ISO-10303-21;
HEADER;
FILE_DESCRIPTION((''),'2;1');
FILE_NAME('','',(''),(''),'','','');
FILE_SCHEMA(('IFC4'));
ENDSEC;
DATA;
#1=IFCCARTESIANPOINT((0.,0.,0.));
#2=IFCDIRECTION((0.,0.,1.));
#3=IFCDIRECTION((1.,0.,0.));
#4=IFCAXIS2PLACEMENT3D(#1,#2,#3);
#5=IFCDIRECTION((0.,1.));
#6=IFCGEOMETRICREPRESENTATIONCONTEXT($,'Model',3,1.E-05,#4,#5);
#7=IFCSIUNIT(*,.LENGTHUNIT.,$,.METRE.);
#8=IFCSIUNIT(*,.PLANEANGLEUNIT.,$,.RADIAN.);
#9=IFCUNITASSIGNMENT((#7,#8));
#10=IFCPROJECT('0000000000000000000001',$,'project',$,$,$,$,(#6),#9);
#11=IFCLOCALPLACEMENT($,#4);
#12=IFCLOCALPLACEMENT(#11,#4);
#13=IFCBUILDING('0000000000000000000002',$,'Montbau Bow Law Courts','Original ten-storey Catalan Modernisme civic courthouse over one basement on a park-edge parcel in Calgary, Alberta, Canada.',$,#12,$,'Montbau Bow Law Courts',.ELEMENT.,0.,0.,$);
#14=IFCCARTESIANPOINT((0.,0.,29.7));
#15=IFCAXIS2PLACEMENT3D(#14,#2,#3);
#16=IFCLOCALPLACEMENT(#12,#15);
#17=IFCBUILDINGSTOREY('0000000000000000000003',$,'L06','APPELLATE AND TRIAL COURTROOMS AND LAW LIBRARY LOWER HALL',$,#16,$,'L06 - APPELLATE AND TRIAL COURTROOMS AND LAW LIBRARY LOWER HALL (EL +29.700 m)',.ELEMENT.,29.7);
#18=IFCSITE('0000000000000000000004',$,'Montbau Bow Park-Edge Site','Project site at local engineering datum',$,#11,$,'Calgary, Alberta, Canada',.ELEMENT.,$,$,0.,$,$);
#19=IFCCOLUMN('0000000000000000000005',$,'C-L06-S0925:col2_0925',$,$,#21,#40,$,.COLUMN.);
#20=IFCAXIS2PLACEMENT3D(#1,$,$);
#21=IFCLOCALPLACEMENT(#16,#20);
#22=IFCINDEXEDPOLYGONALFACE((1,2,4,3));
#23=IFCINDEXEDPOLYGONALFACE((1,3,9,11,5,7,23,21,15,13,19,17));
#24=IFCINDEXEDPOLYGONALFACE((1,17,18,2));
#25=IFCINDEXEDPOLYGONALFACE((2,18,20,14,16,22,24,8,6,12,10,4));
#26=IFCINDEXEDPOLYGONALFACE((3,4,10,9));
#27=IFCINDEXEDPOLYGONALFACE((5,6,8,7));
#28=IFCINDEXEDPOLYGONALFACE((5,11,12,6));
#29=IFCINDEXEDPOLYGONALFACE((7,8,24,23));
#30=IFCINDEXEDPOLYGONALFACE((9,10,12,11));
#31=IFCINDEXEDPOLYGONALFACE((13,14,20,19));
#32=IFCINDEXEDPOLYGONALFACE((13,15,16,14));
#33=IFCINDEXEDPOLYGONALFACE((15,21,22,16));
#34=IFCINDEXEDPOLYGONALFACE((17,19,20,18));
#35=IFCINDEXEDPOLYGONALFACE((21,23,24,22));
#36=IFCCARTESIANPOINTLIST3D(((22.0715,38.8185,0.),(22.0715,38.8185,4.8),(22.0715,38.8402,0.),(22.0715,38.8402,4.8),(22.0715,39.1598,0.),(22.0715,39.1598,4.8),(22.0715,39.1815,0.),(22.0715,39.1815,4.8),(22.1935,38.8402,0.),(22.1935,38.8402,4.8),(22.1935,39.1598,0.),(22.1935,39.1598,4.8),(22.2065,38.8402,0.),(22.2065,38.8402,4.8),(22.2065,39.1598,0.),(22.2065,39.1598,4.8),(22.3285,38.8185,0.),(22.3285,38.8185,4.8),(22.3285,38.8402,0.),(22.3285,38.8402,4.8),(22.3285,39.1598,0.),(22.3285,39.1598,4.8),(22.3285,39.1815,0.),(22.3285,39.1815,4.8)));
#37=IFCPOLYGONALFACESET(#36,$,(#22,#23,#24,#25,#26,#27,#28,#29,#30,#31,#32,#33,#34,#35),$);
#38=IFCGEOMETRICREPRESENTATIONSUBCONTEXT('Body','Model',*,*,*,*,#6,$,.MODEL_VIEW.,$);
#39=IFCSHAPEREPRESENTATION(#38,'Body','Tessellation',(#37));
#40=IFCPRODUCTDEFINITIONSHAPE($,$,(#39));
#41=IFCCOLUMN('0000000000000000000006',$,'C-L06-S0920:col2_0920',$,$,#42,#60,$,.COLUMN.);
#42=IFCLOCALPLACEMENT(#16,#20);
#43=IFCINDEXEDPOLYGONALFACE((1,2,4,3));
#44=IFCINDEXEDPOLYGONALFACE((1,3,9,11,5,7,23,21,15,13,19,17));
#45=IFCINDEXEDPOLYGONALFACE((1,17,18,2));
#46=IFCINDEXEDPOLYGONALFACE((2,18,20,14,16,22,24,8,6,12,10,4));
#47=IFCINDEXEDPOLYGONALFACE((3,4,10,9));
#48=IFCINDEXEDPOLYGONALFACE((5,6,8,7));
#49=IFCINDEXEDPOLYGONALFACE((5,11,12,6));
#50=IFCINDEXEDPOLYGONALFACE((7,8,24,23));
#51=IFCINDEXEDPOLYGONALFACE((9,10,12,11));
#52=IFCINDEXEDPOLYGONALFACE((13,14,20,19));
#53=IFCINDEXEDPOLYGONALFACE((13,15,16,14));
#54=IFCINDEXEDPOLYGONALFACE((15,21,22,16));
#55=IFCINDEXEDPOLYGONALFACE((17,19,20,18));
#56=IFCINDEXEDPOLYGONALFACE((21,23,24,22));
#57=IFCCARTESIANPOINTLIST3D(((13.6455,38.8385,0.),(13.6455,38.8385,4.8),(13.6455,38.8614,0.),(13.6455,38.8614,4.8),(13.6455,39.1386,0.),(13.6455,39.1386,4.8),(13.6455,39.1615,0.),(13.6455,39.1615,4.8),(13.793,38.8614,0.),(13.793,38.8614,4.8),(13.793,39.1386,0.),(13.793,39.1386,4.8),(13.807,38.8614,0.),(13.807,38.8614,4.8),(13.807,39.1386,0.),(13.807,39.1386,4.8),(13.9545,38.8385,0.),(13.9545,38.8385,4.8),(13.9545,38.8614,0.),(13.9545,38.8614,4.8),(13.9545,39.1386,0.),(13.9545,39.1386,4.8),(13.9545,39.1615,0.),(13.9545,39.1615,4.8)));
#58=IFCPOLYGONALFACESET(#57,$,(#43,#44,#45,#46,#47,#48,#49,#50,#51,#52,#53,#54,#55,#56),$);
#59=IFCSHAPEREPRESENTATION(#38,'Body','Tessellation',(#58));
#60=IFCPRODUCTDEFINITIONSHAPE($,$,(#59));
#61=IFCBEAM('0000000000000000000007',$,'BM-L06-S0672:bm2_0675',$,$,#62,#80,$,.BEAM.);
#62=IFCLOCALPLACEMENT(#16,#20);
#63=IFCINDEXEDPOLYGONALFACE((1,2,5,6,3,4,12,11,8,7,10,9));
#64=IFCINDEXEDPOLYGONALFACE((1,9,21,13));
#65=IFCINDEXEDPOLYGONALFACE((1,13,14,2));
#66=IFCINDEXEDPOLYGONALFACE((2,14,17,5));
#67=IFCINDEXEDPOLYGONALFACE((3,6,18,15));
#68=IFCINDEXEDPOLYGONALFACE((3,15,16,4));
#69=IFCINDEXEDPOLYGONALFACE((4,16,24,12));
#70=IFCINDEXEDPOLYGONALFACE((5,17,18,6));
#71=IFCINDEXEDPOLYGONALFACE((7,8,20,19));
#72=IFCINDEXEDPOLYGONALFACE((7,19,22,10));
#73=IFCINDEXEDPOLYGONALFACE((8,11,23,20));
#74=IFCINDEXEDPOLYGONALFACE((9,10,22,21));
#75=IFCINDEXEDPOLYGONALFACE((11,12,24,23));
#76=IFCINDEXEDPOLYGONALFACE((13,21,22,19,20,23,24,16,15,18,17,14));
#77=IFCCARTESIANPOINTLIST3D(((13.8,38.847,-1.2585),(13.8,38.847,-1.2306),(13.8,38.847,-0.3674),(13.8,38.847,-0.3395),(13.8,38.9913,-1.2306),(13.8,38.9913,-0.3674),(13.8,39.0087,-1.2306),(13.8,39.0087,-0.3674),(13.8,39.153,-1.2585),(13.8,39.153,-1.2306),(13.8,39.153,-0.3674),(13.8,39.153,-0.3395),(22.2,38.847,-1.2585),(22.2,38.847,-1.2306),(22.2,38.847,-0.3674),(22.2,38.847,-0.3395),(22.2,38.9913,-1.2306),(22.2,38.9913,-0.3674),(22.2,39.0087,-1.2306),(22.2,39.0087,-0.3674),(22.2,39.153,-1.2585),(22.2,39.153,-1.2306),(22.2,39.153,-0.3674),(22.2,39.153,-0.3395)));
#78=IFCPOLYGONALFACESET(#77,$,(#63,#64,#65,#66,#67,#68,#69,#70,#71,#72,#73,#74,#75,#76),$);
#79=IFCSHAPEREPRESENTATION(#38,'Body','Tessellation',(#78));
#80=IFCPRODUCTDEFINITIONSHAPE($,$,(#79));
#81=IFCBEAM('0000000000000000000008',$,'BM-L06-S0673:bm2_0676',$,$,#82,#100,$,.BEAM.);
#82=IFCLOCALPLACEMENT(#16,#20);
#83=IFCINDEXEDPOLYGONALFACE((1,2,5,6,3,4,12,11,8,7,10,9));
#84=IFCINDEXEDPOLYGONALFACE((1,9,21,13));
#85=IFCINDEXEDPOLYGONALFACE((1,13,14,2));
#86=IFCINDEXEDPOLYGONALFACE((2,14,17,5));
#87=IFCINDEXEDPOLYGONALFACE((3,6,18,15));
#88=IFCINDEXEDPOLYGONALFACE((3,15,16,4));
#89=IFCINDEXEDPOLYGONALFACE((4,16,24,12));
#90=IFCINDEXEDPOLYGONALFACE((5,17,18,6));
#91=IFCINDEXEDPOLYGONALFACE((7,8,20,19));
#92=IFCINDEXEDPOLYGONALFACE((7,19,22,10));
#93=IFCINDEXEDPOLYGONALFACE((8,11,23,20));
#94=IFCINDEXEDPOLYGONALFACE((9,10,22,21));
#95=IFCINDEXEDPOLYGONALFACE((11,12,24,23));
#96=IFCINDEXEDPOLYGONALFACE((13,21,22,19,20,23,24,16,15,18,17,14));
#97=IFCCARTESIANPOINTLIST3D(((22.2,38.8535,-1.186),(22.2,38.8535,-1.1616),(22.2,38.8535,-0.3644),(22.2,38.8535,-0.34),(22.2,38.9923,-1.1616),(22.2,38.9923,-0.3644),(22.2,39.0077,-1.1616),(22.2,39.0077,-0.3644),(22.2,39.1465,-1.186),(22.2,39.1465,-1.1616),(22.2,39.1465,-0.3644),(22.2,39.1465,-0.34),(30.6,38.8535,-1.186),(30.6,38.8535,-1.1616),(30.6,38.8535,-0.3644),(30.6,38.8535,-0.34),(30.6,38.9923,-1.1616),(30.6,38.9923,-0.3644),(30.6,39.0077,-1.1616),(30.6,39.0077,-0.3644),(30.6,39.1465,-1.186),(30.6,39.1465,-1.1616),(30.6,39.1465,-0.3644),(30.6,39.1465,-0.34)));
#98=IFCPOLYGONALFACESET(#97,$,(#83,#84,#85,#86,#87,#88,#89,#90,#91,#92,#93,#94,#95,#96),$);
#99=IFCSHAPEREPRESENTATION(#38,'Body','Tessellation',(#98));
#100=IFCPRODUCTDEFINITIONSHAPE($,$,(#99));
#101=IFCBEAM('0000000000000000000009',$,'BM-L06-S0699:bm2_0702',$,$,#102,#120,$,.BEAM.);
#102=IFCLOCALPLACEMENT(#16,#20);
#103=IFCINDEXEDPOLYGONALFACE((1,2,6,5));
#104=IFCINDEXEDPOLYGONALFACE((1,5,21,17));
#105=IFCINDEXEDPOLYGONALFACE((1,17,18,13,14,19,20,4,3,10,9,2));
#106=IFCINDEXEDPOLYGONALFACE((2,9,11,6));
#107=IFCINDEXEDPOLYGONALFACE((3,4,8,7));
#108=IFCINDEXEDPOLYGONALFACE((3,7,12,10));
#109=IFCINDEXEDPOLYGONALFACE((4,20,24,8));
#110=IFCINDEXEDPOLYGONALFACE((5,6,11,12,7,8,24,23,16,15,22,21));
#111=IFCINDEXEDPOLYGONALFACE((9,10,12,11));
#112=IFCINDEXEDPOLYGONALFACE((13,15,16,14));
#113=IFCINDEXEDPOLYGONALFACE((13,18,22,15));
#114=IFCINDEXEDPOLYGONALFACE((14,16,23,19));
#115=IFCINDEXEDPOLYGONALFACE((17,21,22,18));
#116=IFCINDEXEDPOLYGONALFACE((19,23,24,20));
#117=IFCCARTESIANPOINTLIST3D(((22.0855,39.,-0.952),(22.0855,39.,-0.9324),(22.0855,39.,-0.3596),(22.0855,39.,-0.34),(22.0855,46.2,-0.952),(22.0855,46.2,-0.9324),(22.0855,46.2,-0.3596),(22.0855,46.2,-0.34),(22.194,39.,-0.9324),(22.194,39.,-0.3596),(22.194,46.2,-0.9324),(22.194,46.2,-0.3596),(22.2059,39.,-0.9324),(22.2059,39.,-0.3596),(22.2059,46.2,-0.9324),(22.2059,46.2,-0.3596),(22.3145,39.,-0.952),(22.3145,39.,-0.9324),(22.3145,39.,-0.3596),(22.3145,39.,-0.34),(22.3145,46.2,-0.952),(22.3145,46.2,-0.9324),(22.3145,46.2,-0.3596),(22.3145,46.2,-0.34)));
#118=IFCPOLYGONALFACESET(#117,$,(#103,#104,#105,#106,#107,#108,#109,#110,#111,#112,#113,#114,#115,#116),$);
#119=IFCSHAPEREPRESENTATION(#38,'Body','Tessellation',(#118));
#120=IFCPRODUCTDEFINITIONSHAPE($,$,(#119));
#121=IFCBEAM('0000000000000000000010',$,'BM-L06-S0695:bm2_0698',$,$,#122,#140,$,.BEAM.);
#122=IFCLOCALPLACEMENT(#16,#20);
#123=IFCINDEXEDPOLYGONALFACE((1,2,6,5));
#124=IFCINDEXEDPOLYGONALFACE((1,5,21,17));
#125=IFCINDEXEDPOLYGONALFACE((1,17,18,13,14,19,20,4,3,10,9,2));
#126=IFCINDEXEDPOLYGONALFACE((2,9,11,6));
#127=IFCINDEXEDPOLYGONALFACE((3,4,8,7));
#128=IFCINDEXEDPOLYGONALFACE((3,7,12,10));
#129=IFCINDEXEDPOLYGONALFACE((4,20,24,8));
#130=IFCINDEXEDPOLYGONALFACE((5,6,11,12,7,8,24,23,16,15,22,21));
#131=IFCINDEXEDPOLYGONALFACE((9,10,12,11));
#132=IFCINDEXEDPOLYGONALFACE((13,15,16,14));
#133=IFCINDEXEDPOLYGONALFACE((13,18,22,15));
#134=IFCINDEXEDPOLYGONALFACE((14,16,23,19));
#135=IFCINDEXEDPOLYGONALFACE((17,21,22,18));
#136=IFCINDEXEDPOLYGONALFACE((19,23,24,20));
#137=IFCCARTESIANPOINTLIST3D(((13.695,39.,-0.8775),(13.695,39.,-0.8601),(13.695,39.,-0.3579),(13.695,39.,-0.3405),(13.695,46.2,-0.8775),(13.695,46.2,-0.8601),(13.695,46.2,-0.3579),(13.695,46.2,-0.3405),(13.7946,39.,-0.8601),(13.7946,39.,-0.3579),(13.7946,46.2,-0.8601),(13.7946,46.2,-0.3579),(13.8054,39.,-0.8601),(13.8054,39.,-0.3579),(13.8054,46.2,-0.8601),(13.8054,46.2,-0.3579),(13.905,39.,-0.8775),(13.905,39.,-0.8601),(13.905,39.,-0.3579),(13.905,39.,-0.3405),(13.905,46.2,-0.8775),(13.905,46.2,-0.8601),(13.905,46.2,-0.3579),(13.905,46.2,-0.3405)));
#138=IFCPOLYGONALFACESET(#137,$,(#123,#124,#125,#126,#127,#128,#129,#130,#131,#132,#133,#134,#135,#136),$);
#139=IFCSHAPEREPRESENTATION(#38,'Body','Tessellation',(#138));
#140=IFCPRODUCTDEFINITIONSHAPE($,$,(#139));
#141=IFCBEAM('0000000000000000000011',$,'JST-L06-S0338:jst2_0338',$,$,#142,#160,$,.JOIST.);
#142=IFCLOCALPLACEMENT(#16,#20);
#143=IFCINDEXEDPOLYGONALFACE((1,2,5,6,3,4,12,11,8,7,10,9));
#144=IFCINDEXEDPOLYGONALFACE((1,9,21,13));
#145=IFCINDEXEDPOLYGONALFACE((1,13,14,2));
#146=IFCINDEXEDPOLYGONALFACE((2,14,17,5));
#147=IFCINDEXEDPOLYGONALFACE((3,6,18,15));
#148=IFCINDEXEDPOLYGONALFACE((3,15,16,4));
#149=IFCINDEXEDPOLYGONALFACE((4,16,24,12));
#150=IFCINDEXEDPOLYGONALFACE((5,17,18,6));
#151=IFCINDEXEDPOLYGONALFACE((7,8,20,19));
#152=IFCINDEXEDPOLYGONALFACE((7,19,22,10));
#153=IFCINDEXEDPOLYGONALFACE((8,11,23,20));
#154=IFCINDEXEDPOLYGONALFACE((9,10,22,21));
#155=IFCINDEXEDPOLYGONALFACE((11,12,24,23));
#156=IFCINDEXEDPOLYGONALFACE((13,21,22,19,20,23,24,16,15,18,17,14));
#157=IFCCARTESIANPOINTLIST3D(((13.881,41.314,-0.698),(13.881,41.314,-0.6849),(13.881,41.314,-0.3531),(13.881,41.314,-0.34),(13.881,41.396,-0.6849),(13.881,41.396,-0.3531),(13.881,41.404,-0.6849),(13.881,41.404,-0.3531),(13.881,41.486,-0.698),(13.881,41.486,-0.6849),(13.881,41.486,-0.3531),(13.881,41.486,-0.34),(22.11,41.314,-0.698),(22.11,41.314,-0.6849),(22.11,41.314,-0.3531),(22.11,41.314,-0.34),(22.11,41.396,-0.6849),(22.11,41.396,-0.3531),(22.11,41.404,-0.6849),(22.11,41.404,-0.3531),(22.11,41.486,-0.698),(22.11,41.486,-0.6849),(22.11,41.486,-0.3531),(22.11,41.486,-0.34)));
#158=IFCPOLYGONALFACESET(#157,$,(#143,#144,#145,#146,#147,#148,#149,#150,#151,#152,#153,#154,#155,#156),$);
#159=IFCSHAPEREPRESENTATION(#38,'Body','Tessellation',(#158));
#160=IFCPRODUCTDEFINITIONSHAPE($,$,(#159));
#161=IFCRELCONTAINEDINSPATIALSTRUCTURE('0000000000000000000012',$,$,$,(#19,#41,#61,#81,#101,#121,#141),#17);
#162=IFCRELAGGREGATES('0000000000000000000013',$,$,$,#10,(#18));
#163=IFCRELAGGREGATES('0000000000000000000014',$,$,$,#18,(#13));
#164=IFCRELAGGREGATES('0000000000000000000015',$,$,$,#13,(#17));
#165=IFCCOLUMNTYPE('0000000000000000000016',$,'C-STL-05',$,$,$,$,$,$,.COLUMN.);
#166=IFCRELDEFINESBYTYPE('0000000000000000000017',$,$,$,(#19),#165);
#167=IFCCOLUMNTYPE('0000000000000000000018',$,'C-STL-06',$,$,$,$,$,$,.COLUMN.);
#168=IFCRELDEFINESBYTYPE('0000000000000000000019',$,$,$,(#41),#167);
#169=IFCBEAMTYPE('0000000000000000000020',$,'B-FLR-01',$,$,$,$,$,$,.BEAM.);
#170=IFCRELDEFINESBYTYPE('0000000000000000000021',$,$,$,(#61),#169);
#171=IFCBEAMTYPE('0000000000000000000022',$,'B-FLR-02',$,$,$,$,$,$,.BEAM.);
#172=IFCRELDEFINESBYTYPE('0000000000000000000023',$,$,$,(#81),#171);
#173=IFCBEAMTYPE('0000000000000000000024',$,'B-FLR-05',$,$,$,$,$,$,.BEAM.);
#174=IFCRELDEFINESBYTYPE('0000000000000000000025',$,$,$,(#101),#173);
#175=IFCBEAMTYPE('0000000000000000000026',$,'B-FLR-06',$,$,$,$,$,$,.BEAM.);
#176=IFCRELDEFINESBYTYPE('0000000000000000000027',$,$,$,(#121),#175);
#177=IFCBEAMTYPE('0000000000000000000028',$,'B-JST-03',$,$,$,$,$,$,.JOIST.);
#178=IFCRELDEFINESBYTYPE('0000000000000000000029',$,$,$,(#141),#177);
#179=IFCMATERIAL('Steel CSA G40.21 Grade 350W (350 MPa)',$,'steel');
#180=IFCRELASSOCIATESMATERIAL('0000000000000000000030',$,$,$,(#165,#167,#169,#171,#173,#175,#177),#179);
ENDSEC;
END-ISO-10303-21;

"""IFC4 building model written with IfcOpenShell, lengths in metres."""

from ifc_helpers import new_model, si_unit, direction, frame, origin_with_axes, origin_2d_with_axis, place, context, subcontext, project, spatial, i_section, extrude, material, material_profile, profile_set, type_object, element, save


model = new_model("IFC4")

# Units and contexts
model_context = context("Model", 3, precision=1e-05, world=origin_with_axes(), true_north=direction((0.0, 1.0)))
body_context = subcontext(model_context, "Body", "Model", "MODEL_VIEW")
ifc_project = project(units=[si_unit("LENGTHUNIT", "METRE"), si_unit("PLANEANGLEUNIT", "RADIAN")], contexts=[model_context])

# Site, building, storey
site_placement = place(None, origin_with_axes())
site = spatial("IfcSite", under=ifc_project, at=site_placement, Name="Montbau Bow Park-Edge Site", Description="Project site at local engineering datum", LongName="Calgary, Alberta, Canada", CompositionType="ELEMENT", RefElevation=0.0)
building_placement = place(site_placement, origin_with_axes())
building = spatial("IfcBuilding", under=site, at=building_placement, Name="Montbau Bow Law Courts", Description="Original ten-storey Catalan Modernisme civic courthouse over one basement on a park-edge parcel in Calgary, Alberta, Canada.", LongName="Montbau Bow Law Courts", CompositionType="ELEMENT", ElevationOfRefHeight=0.0, ElevationOfTerrain=0.0)
storey_placement = place(building_placement, frame((0.0, 0.0, 29.7), z_axis=(0.0, 0.0, 1.0), x_axis=(1.0, 0.0, 0.0)))
storey = spatial("IfcBuildingStorey", under=building, at=storey_placement, Name="L06", Description="APPELLATE AND TRIAL COURTROOMS AND LAW LIBRARY LOWER HALL", LongName="L06 - APPELLATE AND TRIAL COURTROOMS AND LAW LIBRARY LOWER HALL (EL +29.700 m)", CompositionType="ELEMENT", Elevation=29.7)

# Columns
ifc_material_1 = material(Name="Steel CSA G40.21 Grade 350W (350 MPa)", Category="steel")
ifc_material_profile_1 = material_profile(ifc_material_1, i_section(OverallWidth=0.257, OverallDepth=0.363, WebThickness=0.013, FlangeThickness=0.0217, at=origin_2d_with_axis()), Name="W360X122", Category="Main", Priority=0)
ifc_profile_set_1 = profile_set([ifc_material_profile_1], Name="Steel CSA G40.21 Grade 350W (350 MPa)")
column_type_1 = type_object("IfcColumnType", Name="C-STL-05", PredefinedType="COLUMN", material=ifc_profile_set_1)
column_1_placement = place(None, frame((22.2, 39.0, 29.7), z_axis=(0.0, 0.0, 1.0), x_axis=(1.0, 0.0, 0.0)))
element("IfcColumn", 1, at=column_1_placement, inside=storey, type_object=column_type_1, Name="C-L06-S0925:col2_0925", PredefinedType="COLUMN", context=body_context, shape_type="SweptSolid", body=[
    extrude(i_section(OverallWidth=0.257, OverallDepth=0.363, WebThickness=0.013, FlangeThickness=0.0217, at=origin_2d_with_axis()), origin_with_axes(), (0.0, 0.0, 1.0), 4.8),
])
ifc_material_profile_2 = material_profile(ifc_material_1, i_section(OverallWidth=0.309, OverallDepth=0.323, WebThickness=0.014, FlangeThickness=0.0229, at=origin_2d_with_axis()), Name="W310X143", Category="Main", Priority=0)
ifc_profile_set_2 = profile_set([ifc_material_profile_2], Name="Steel CSA G40.21 Grade 350W (350 MPa)")
column_type_2 = type_object("IfcColumnType", Name="C-STL-06", PredefinedType="COLUMN", material=ifc_profile_set_2)
column_2_placement = place(None, frame((13.8, 39.0, 29.7), z_axis=(0.0, 0.0, 1.0), x_axis=(1.0, 0.0, 0.0)))
element("IfcColumn", 2, at=column_2_placement, inside=storey, type_object=column_type_2, Name="C-L06-S0920:col2_0920", PredefinedType="COLUMN", context=body_context, shape_type="SweptSolid", body=[
    extrude(i_section(OverallWidth=0.309, OverallDepth=0.323, WebThickness=0.014, FlangeThickness=0.0229, at=origin_2d_with_axis()), origin_with_axes(), (0.0, 0.0, 1.0), 4.8),
])

# Beams
ifc_material_profile_3 = material_profile(ifc_material_1, i_section(OverallWidth=0.306, OverallDepth=0.919, WebThickness=0.0173, FlangeThickness=0.0279, at=origin_2d_with_axis()), Name="W920X253", Category="Main", Priority=0)
ifc_profile_set_3 = profile_set([ifc_material_profile_3], Name="Steel CSA G40.21 Grade 350W (350 MPa)")
beam_type_1 = type_object("IfcBeamType", Name="B-FLR-01", PredefinedType="BEAM", material=ifc_profile_set_3)
beam_1_placement = place(None, frame((13.8, 39.0, 28.901), z_axis=(1.0, 0.0, 0.0), x_axis=(0.0, 1.0, 0.0)))
element("IfcBeam", 3, at=beam_1_placement, inside=storey, type_object=beam_type_1, Name="BM-L06-S0672:bm2_0675", PredefinedType="BEAM", context=body_context, shape_type="SweptSolid", body=[
    extrude(i_section(OverallWidth=0.306, OverallDepth=0.919, WebThickness=0.0173, FlangeThickness=0.0279, at=origin_2d_with_axis()), origin_with_axes(), (0.0, 0.0, 1.0), 8.4),
])
ifc_material_profile_4 = material_profile(ifc_material_1, i_section(OverallWidth=0.293, OverallDepth=0.846, WebThickness=0.0154, FlangeThickness=0.0244, at=origin_2d_with_axis()), Name="W840X210", Category="Main", Priority=0)
ifc_profile_set_4 = profile_set([ifc_material_profile_4], Name="Steel CSA G40.21 Grade 350W (350 MPa)")
beam_type_2 = type_object("IfcBeamType", Name="B-FLR-02", PredefinedType="BEAM", material=ifc_profile_set_4)
beam_2_placement = place(None, frame((22.2, 39.0, 28.937), z_axis=(1.0, 0.0, 0.0), x_axis=(0.0, 1.0, 0.0)))
element("IfcBeam", 4, at=beam_2_placement, inside=storey, type_object=beam_type_2, Name="BM-L06-S0673:bm2_0676", PredefinedType="BEAM", context=body_context, shape_type="SweptSolid", body=[
    extrude(i_section(OverallWidth=0.293, OverallDepth=0.846, WebThickness=0.0154, FlangeThickness=0.0244, at=origin_2d_with_axis()), origin_with_axes(), (0.0, 0.0, 1.0), 8.4),
])
ifc_material_profile_5 = material_profile(ifc_material_1, i_section(OverallWidth=0.229, OverallDepth=0.612, WebThickness=0.0119, FlangeThickness=0.0196, at=origin_2d_with_axis()), Name="W610X125", Category="Main", Priority=0)
ifc_profile_set_5 = profile_set([ifc_material_profile_5], Name="Steel CSA G40.21 Grade 350W (350 MPa)")
beam_type_3 = type_object("IfcBeamType", Name="B-FLR-05", PredefinedType="BEAM", material=ifc_profile_set_5)
beam_3_placement = place(None, frame((22.2, 39.0, 29.054), z_axis=(0.0, 1.0, 0.0), x_axis=(-1.0, 0.0, 0.0)))
element("IfcBeam", 5, at=beam_3_placement, inside=storey, type_object=beam_type_3, Name="BM-L06-S0699:bm2_0702", PredefinedType="BEAM", context=body_context, shape_type="SweptSolid", body=[
    extrude(i_section(OverallWidth=0.229, OverallDepth=0.612, WebThickness=0.0119, FlangeThickness=0.0196, at=origin_2d_with_axis()), origin_with_axes(), (0.0, 0.0, 1.0), 7.2),
])
ifc_material_profile_6 = material_profile(ifc_material_1, i_section(OverallWidth=0.21, OverallDepth=0.537, WebThickness=0.0109, FlangeThickness=0.0174, at=origin_2d_with_axis()), Name="W530X101", Category="Main", Priority=0)
ifc_profile_set_6 = profile_set([ifc_material_profile_6], Name="Steel CSA G40.21 Grade 350W (350 MPa)")
beam_type_4 = type_object("IfcBeamType", Name="B-FLR-06", PredefinedType="BEAM", material=ifc_profile_set_6)
beam_4_placement = place(None, frame((13.8, 39.0, 29.091), z_axis=(0.0, 1.0, 0.0), x_axis=(-1.0, 0.0, 0.0)))
element("IfcBeam", 6, at=beam_4_placement, inside=storey, type_object=beam_type_4, Name="BM-L06-S0695:bm2_0698", PredefinedType="BEAM", context=body_context, shape_type="SweptSolid", body=[
    extrude(i_section(OverallWidth=0.21, OverallDepth=0.537, WebThickness=0.0109, FlangeThickness=0.0174, at=origin_2d_with_axis()), origin_with_axes(), (0.0, 0.0, 1.0), 7.2),
])
ifc_material_profile_7 = material_profile(ifc_material_1, i_section(OverallWidth=0.172, OverallDepth=0.358, WebThickness=0.0079, FlangeThickness=0.0131, at=origin_2d_with_axis()), Name="W360X57", Category="Main", Priority=0)
ifc_profile_set_7 = profile_set([ifc_material_profile_7], Name="Steel CSA G40.21 Grade 350W (350 MPa)")
beam_type_5 = type_object("IfcBeamType", Name="B-JST-03", PredefinedType="JOIST", material=ifc_profile_set_7)
beam_5_placement = place(None, frame((13.881, 41.4, 29.181), z_axis=(1.0, 0.0, 0.0), x_axis=(0.0, 1.0, 0.0)))
element("IfcBeam", 7, at=beam_5_placement, inside=storey, type_object=beam_type_5, Name="JST-L06-S0338:jst2_0338", PredefinedType="JOIST", context=body_context, shape_type="SweptSolid", body=[
    extrude(i_section(OverallWidth=0.172, OverallDepth=0.358, WebThickness=0.0079, FlangeThickness=0.0131, at=origin_2d_with_axis()), origin_with_axes(), (0.0, 0.0, 1.0), 8.229),
])

save(model, "model.ifc")
